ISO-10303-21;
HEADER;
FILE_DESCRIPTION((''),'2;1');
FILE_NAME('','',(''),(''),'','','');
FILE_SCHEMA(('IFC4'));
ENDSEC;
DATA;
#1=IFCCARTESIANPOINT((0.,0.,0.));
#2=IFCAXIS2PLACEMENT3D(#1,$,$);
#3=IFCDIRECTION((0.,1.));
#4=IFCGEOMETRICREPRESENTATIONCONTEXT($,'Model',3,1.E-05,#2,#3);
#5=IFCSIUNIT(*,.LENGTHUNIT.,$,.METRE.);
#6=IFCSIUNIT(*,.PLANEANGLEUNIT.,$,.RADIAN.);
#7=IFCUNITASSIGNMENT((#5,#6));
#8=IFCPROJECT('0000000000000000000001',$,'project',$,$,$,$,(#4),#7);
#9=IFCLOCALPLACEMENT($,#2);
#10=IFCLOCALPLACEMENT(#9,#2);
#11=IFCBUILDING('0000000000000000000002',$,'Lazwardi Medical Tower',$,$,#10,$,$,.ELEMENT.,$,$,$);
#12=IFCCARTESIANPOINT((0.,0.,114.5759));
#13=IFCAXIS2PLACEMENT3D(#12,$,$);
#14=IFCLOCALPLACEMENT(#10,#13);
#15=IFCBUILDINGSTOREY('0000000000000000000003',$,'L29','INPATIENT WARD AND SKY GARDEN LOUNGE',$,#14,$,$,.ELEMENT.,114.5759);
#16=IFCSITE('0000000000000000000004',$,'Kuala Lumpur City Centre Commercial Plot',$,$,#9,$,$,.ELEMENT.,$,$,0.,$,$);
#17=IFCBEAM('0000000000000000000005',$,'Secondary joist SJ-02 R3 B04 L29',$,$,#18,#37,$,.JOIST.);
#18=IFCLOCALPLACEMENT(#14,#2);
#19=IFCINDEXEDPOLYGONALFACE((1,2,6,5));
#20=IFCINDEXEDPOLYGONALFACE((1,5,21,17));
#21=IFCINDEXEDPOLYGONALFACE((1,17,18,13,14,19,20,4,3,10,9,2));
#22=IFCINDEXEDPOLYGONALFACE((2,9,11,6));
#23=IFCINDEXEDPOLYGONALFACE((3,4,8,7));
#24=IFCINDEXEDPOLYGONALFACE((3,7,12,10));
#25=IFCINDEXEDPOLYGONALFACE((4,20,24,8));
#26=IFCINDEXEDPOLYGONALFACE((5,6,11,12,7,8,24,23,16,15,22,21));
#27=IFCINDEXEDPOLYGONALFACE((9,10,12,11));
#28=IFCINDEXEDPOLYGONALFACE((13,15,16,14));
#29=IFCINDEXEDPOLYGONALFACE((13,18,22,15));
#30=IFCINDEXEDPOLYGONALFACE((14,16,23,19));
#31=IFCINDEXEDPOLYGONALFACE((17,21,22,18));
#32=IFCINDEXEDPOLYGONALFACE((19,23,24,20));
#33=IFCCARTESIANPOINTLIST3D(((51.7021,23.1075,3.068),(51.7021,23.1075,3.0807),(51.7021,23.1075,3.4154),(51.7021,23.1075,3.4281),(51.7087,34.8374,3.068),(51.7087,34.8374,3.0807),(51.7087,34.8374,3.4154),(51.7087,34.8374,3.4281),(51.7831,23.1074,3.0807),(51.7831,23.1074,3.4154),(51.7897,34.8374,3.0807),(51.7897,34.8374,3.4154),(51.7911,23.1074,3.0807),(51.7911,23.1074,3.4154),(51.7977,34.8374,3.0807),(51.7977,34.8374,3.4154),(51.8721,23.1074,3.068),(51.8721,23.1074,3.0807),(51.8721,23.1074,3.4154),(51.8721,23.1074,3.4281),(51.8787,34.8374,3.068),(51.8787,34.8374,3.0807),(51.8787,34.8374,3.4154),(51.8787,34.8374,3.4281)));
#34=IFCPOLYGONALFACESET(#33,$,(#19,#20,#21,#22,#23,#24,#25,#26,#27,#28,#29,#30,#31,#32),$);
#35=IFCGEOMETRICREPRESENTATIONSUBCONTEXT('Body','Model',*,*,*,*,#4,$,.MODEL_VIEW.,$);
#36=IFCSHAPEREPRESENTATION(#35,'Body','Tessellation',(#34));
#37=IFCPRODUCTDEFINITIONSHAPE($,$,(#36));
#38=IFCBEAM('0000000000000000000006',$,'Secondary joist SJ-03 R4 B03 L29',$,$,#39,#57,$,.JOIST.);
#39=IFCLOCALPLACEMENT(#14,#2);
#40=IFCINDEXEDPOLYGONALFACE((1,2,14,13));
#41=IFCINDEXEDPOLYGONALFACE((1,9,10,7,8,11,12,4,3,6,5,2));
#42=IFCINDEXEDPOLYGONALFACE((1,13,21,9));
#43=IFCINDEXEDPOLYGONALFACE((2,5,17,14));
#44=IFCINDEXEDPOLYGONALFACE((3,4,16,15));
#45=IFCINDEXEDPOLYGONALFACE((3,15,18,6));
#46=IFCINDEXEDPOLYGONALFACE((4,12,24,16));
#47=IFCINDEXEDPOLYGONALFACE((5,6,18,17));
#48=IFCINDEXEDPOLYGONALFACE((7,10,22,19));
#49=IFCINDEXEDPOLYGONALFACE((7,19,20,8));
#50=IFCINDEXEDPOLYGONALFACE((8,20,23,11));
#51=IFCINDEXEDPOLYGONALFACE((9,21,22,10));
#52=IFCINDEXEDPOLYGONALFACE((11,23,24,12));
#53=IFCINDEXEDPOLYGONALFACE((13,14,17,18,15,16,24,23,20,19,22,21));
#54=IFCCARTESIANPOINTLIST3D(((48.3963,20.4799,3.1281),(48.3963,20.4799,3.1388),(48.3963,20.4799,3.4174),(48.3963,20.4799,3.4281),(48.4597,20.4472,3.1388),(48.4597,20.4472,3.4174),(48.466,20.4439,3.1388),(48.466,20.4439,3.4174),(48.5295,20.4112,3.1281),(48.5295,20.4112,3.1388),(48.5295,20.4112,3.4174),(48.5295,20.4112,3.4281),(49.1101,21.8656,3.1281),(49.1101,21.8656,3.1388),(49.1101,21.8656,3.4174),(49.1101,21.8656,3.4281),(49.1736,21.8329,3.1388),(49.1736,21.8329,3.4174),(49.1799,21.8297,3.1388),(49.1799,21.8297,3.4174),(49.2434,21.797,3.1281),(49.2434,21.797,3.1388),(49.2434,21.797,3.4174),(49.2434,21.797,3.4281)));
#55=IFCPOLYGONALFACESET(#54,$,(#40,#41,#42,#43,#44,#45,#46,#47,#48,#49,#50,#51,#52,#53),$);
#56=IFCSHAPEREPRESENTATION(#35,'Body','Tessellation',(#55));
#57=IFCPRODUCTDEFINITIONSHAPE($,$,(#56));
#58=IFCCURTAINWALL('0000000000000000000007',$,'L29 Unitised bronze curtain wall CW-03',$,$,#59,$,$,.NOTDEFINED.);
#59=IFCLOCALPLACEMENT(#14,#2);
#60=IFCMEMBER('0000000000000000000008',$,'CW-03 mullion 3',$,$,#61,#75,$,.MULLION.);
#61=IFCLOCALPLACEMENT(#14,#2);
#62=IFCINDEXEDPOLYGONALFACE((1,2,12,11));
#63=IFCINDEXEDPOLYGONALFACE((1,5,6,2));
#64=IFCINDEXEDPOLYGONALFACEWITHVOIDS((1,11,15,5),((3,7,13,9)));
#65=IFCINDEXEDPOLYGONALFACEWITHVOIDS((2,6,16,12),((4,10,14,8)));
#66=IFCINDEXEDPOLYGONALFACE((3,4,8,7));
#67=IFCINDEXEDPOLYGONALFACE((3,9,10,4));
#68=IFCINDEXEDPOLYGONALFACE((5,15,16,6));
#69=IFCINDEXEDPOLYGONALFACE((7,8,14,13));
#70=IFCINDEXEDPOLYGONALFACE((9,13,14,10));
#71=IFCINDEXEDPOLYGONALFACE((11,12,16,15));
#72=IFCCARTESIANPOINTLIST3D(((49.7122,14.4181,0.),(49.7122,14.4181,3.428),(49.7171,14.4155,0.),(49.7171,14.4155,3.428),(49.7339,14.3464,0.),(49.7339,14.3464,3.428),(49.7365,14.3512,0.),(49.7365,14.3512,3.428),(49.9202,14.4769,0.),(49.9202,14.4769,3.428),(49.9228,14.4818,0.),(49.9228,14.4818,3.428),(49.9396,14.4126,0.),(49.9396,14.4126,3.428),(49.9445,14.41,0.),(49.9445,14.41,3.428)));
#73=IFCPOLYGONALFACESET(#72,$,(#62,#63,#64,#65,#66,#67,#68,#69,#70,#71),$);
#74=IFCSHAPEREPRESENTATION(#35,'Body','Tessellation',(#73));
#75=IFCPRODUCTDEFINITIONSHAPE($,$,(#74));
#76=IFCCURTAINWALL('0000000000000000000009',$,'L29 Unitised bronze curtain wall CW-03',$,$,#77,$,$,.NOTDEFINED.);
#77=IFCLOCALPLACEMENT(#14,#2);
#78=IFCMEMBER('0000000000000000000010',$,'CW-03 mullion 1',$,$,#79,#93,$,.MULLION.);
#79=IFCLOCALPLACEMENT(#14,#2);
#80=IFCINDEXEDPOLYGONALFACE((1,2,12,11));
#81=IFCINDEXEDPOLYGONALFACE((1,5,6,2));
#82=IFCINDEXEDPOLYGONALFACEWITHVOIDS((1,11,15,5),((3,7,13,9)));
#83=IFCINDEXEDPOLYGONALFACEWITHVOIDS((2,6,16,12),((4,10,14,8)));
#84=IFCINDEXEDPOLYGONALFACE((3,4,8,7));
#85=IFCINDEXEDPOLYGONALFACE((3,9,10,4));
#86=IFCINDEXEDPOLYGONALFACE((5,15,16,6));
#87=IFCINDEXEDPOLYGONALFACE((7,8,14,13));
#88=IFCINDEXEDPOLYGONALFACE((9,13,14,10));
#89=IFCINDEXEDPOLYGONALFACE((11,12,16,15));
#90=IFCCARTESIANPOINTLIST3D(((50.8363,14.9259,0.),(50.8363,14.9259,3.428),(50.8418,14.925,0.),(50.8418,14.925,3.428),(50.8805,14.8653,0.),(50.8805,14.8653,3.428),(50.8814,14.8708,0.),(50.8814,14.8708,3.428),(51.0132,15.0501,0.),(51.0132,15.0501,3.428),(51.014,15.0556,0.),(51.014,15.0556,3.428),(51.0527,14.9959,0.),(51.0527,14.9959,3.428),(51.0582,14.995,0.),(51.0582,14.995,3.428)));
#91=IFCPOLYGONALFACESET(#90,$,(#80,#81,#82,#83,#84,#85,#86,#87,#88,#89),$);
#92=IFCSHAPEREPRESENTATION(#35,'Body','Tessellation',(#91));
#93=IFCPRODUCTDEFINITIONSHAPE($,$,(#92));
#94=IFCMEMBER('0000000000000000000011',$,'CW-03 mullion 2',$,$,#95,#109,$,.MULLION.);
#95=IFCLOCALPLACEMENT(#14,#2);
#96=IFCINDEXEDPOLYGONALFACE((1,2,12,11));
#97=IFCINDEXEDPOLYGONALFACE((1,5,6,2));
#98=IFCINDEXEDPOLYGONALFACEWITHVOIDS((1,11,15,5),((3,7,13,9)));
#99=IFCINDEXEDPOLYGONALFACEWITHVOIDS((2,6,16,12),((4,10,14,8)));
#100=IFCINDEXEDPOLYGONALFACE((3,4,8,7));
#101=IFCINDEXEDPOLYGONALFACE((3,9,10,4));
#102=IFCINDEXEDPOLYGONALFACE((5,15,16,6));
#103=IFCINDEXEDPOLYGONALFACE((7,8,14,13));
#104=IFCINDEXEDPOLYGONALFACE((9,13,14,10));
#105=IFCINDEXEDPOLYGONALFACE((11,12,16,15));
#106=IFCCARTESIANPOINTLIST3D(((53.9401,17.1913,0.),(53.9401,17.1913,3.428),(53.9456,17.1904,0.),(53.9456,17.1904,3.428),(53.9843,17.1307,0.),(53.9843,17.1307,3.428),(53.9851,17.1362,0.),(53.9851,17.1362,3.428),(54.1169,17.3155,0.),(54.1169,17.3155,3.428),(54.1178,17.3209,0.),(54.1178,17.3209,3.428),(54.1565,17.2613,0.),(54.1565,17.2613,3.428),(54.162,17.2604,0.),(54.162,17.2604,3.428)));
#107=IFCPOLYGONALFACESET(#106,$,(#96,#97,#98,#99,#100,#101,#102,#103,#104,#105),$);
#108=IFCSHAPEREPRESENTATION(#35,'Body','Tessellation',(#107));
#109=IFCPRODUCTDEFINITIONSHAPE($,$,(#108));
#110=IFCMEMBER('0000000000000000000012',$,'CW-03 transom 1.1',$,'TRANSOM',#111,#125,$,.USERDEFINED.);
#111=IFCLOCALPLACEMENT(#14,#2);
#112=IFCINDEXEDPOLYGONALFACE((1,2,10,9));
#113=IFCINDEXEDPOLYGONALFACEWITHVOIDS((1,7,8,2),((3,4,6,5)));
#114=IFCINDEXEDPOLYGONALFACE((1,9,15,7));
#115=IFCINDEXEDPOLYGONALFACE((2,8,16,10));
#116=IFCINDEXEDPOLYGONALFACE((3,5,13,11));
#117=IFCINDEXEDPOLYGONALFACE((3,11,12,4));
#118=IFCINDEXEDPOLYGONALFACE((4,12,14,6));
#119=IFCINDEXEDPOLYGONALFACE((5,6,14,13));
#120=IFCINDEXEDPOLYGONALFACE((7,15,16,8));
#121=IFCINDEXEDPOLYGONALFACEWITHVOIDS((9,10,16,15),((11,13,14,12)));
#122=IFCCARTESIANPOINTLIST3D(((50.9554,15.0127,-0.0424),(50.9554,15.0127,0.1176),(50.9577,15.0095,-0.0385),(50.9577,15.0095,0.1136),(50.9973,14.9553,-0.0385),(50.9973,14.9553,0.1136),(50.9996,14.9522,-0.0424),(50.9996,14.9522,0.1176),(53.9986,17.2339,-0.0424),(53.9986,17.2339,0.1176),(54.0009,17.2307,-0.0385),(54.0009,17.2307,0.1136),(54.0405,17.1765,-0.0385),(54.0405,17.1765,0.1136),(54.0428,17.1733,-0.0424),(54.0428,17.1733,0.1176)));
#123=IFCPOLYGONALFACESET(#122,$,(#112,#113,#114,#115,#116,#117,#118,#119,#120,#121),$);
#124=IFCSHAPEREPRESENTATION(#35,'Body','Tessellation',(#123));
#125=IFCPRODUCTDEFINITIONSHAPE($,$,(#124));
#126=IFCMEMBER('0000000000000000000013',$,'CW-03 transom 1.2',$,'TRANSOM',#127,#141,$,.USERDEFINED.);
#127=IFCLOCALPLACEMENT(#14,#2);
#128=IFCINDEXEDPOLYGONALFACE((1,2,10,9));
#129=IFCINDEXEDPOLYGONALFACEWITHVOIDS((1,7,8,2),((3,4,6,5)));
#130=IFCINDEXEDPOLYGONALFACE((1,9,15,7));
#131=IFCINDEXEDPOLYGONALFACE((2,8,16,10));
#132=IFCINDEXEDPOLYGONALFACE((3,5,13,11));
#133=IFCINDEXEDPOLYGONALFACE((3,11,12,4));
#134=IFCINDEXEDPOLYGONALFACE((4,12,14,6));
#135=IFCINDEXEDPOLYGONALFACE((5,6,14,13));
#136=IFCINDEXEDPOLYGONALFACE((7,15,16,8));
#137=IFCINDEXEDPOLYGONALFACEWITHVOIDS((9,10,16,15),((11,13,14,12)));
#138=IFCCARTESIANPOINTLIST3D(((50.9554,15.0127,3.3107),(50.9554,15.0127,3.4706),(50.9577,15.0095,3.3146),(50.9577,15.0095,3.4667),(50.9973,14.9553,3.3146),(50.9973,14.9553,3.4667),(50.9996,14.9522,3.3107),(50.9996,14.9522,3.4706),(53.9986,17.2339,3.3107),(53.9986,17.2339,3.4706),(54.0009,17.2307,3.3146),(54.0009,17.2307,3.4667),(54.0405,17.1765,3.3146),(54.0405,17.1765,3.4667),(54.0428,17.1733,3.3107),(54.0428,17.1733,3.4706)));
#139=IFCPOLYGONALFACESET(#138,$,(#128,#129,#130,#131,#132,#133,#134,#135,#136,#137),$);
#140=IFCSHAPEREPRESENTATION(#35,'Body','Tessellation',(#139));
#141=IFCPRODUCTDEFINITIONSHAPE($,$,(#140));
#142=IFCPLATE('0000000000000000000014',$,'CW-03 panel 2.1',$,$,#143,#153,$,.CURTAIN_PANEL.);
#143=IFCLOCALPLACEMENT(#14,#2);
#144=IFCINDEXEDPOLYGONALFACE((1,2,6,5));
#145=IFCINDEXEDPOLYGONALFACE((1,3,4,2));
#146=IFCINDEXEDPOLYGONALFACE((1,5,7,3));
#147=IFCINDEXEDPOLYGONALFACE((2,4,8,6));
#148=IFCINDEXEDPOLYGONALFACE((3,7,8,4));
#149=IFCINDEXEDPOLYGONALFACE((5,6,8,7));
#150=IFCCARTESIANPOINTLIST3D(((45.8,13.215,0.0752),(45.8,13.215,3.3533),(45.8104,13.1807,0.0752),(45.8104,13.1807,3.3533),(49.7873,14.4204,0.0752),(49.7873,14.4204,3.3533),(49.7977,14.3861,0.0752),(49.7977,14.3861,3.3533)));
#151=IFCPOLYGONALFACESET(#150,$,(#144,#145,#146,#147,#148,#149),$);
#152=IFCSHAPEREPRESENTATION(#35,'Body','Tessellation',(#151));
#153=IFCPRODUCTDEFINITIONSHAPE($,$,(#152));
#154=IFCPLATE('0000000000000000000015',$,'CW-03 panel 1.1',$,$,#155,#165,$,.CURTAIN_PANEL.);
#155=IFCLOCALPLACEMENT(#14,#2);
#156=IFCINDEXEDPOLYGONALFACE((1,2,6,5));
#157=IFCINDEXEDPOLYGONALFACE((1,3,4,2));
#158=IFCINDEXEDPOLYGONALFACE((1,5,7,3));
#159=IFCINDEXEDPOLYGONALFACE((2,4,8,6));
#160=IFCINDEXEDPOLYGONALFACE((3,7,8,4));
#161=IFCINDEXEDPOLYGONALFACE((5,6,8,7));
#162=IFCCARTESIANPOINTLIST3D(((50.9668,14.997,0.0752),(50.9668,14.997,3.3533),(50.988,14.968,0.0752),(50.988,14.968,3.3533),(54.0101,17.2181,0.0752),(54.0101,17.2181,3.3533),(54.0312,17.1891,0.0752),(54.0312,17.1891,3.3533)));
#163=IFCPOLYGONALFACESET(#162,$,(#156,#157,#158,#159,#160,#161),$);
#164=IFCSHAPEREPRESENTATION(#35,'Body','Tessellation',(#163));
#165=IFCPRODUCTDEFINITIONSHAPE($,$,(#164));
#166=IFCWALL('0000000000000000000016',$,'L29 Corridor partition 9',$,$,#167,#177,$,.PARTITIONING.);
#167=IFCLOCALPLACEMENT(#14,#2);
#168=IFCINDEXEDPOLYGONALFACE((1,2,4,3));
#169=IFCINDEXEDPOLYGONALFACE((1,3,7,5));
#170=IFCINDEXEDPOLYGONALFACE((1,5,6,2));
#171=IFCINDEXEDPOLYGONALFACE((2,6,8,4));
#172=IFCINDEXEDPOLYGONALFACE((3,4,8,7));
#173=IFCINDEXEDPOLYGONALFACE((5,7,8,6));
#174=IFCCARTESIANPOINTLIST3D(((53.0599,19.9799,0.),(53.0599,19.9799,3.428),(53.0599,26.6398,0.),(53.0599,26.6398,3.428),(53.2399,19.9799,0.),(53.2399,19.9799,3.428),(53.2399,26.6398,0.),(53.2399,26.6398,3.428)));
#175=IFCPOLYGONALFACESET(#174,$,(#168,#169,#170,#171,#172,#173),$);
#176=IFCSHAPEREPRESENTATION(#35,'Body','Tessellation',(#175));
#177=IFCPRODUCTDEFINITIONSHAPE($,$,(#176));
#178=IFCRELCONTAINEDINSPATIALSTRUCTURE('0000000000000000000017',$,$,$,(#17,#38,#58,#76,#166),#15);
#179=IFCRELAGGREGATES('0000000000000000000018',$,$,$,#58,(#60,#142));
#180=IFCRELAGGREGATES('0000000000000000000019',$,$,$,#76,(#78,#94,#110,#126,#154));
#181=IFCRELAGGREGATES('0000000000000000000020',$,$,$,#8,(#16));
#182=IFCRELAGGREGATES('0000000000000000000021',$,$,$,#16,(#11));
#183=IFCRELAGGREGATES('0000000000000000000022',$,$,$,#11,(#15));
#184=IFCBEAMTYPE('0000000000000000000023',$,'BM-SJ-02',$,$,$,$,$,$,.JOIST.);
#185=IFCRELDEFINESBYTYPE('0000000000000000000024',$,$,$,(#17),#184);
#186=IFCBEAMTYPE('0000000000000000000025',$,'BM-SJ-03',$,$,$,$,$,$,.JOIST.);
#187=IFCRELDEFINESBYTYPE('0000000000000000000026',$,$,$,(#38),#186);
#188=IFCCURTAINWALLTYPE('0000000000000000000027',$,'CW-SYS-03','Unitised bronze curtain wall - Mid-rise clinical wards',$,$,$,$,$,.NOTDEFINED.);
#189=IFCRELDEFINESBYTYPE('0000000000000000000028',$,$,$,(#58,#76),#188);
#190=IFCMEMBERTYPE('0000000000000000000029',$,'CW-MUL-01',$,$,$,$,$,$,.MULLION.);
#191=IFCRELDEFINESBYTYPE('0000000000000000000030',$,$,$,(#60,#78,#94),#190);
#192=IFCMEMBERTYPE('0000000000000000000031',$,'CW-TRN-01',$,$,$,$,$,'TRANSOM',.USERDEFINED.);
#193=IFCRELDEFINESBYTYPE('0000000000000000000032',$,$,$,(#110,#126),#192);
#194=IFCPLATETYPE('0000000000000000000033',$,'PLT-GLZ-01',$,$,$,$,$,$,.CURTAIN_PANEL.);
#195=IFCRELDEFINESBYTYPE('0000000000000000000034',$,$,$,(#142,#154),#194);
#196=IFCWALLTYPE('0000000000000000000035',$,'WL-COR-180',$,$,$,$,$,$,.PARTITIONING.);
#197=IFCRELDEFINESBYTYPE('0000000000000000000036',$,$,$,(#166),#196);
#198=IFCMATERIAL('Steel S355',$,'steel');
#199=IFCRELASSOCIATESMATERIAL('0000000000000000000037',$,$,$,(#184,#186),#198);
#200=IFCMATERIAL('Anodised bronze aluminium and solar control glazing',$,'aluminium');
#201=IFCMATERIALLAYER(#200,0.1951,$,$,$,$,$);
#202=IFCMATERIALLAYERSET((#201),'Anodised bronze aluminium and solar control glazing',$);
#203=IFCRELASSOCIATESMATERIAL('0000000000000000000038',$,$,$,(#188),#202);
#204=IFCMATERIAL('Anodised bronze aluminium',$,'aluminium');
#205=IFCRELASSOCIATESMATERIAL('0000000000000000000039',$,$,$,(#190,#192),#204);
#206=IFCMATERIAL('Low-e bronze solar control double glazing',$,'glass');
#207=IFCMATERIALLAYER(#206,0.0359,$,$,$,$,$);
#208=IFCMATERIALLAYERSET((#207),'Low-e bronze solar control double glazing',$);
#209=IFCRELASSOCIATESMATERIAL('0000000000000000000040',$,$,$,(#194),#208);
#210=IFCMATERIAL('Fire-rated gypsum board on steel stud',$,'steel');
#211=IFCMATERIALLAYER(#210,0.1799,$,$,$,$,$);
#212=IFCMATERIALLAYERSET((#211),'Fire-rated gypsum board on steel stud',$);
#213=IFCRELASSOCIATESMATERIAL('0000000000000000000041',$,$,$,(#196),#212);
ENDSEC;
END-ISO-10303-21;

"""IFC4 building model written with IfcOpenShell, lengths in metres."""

from ifc_helpers import new_model, si_unit, direction, frame, frame_2d, origin, origin_2d, place, context, subcontext, project, spatial, rectangle, hollow_rectangle, i_section, extrude, material, layer, layer_set, material_profile, profile_set, type_object, element, aggregate, save


model = new_model("IFC4")

# Units and contexts
model_context = context("Model", 3, precision=1e-05, world=origin(), true_north=direction((0.0, 1.0)))
body_context = subcontext(model_context, "Body", "Model", "MODEL_VIEW")
ifc_project = project(units=[si_unit("LENGTHUNIT", "METRE"), si_unit("PLANEANGLEUNIT", "RADIAN")], contexts=[model_context])

# Site, building, storey
site_placement = place(None, origin())
site = spatial("IfcSite", under=ifc_project, at=site_placement, Name="Kuala Lumpur City Centre Commercial Plot", CompositionType="ELEMENT", RefElevation=0.0)
building_placement = place(site_placement, origin())
building = spatial("IfcBuilding", under=site, at=building_placement, Name="Lazwardi Medical Tower", CompositionType="ELEMENT")
storey_placement = place(building_placement, frame((0.0, 0.0, 114.5759)))
storey = spatial("IfcBuildingStorey", under=building, at=storey_placement, Name="L29", Description="INPATIENT WARD AND SKY GARDEN LOUNGE", CompositionType="ELEMENT", Elevation=114.5759)

# Beams
ifc_material_1 = material(Name="Steel S355", Category="steel")
ifc_material_profile_1 = material_profile(ifc_material_1, i_section(OverallWidth=0.1699, OverallDepth=0.3601, WebThickness=0.0081, FlangeThickness=0.0127, at=origin_2d()), Name="IPE 360")
ifc_profile_set_1 = profile_set([ifc_material_profile_1], Name="Steel S355")
beam_type_1 = type_object("IfcBeamType", Name="BM-SJ-02", PredefinedType="JOIST", material=ifc_profile_set_1)
beam_1_placement = place(storey_placement, frame((51.7871, 23.1074, 3.248), z_axis=(0.000562, 1.0, 0.0), x_axis=(-1.0, 0.000562, 0.0)))
element("IfcBeam", 1, at=beam_1_placement, inside=storey, type_object=beam_type_1, Name="Secondary joist SJ-02 R3 B04 L29", PredefinedType="JOIST", context=body_context, shape_type="SweptSolid", body=[
    extrude(i_section(OverallWidth=0.1699, OverallDepth=0.3601, WebThickness=0.0081, FlangeThickness=0.0127, at=origin_2d()), origin(), (0.0, 0.0, 1.0), 11.73),
])
ifc_material_profile_2 = material_profile(ifc_material_1, i_section(OverallWidth=0.1499, OverallDepth=0.3, WebThickness=0.0071, FlangeThickness=0.0107, at=origin_2d()), Name="IPE 300")
ifc_profile_set_2 = profile_set([ifc_material_profile_2], Name="Steel S355")
beam_type_2 = type_object("IfcBeamType", Name="BM-SJ-03", PredefinedType="JOIST", material=ifc_profile_set_2)
beam_2_placement = place(storey_placement, frame((48.4629, 20.4456, 3.2781), z_axis=(0.457957, 0.888975, 0.0), x_axis=(-0.888975, 0.457957, 0.0)))
element("IfcBeam", 2, at=beam_2_placement, inside=storey, type_object=beam_type_2, Name="Secondary joist SJ-03 R4 B03 L29", PredefinedType="JOIST", context=body_context, shape_type="SweptSolid", body=[
    extrude(i_section(OverallWidth=0.1499, OverallDepth=0.3, WebThickness=0.0071, FlangeThickness=0.0107, at=origin_2d()), origin(), (0.0, 0.0, 1.0), 1.5588),
])

# Curtain wall, member
ifc_material_2 = material(Name="Anodised bronze aluminium and solar control glazing", Category="aluminium")
ifc_layer_1 = layer(ifc_material_2, 0.1951)
ifc_layer_set_1 = layer_set([ifc_layer_1], Name="Anodised bronze aluminium and solar control glazing")
curtain_wall_type = type_object("IfcCurtainWallType", Name="CW-SYS-03", Description="Unitised bronze curtain wall - Mid-rise clinical wards", PredefinedType="NOTDEFINED", material=ifc_layer_set_1)
curtain_wall_1_placement = place(storey_placement, origin())
curtain_wall_1 = element("IfcCurtainWall", 3, at=curtain_wall_1_placement, inside=storey, type_object=curtain_wall_type, Name="L29 Unitised bronze curtain wall CW-03", PredefinedType="NOTDEFINED")
ifc_material_3 = material(Name="Anodised bronze aluminium", Category="aluminium")
ifc_material_profile_3 = material_profile(ifc_material_3, hollow_rectangle(XDim=0.075, YDim=0.22, WallThickness=0.0039, at=origin_2d()), Name="ALU-MULLION 220x75x4")
ifc_profile_set_3 = profile_set([ifc_material_profile_3], Name="Anodised bronze aluminium")
member_type_1 = type_object("IfcMemberType", Name="CW-MUL-01", PredefinedType="MULLION", material=ifc_profile_set_3)
member_1_placement = place(storey_placement, frame((49.8284, 14.4141, 0.0), z_axis=(0.0, 0.0, 1.0), x_axis=(-0.289374, 0.957216, 0.0)))
member_1 = element("IfcMember", 4, at=member_1_placement, type_object=member_type_1, Name="CW-03 mullion 3", PredefinedType="MULLION", context=body_context, shape_type="SweptSolid", body=[
    extrude(hollow_rectangle(XDim=0.075, YDim=0.22, WallThickness=0.0039, at=origin_2d()), origin(), (0.0, 0.0, 1.0), 3.428),
])

# Curtain wall, members
curtain_wall_2_placement = place(storey_placement, origin())
curtain_wall_2 = element("IfcCurtainWall", 5, at=curtain_wall_2_placement, inside=storey, type_object=curtain_wall_type, Name="L29 Unitised bronze curtain wall CW-03", PredefinedType="NOTDEFINED")
member_2_placement = place(storey_placement, frame((50.9473, 14.9604, 0.0), z_axis=(0.0, 0.0, 1.0), x_axis=(-0.589531, 0.807746, 0.0)))
member_2 = element("IfcMember", 6, at=member_2_placement, type_object=member_type_1, Name="CW-03 mullion 1", PredefinedType="MULLION", context=body_context, shape_type="SweptSolid", body=[
    extrude(hollow_rectangle(XDim=0.075, YDim=0.22, WallThickness=0.0039, at=origin_2d()), origin(), (0.0, 0.0, 1.0), 3.428),
])
member_3_placement = place(storey_placement, frame((54.051, 17.2258, 0.0), z_axis=(0.0, 0.0, 1.0), x_axis=(-0.589531, 0.807746, 0.0)))
member_3 = element("IfcMember", 7, at=member_3_placement, type_object=member_type_1, Name="CW-03 mullion 2", PredefinedType="MULLION", context=body_context, shape_type="SweptSolid", body=[
    extrude(hollow_rectangle(XDim=0.075, YDim=0.22, WallThickness=0.0039, at=origin_2d()), origin(), (0.0, 0.0, 1.0), 3.428),
])
ifc_material_profile_4 = material_profile(ifc_material_3, hollow_rectangle(XDim=0.075, YDim=0.1599, WallThickness=0.0039, at=origin_2d()), Name="ALU-TRANSOM 160x75x4")
ifc_profile_set_4 = profile_set([ifc_material_profile_4], Name="Anodised bronze aluminium")
member_type_2 = type_object("IfcMemberType", Name="CW-TRN-01", ElementType="TRANSOM", PredefinedType="USERDEFINED", material=ifc_profile_set_4)
member_4_placement = place(storey_placement, frame((50.9775, 14.9824, 0.0376), z_axis=(0.807732, 0.58955, 0.0), x_axis=(-0.58955, 0.807732, 0.0)))
member_4 = element("IfcMember", 8, at=member_4_placement, type_object=member_type_2, Name="CW-03 transom 1.1", ObjectType="TRANSOM", PredefinedType="USERDEFINED", context=body_context, shape_type="SweptSolid", body=[
    extrude(hollow_rectangle(XDim=0.075, YDim=0.1599, WallThickness=0.0039, at=origin_2d()), origin(), (0.0, 0.0, 1.0), 3.7676),
])
member_5_placement = place(storey_placement, frame((50.9775, 14.9824, 3.3906), z_axis=(0.807732, 0.58955, 0.0), x_axis=(-0.58955, 0.807732, 0.0)))
member_5 = element("IfcMember", 9, at=member_5_placement, type_object=member_type_2, Name="CW-03 transom 1.2", ObjectType="TRANSOM", PredefinedType="USERDEFINED", context=body_context, shape_type="SweptSolid", body=[
    extrude(hollow_rectangle(XDim=0.075, YDim=0.1599, WallThickness=0.0039, at=origin_2d()), origin(), (0.0, 0.0, 1.0), 3.7676),
])

# Plates
ifc_material_4 = material(Name="Low-e bronze solar control double glazing", Category="glass")
ifc_layer_2 = layer(ifc_material_4, 0.0359)
ifc_layer_set_2 = layer_set([ifc_layer_2], Name="Low-e bronze solar control double glazing")
plate_type = type_object("IfcPlateType", Name="PLT-GLZ-01", PredefinedType="CURTAIN_PANEL", material=ifc_layer_set_2)
plate_1_placement = place(storey_placement, frame((47.7988, 13.8005, 0.0752), z_axis=(0.0, 0.0, 1.0), x_axis=(0.957216, 0.289374, 0.0)))
plate_1 = element("IfcPlate", 10, at=plate_1_placement, type_object=plate_type, Name="CW-03 panel 2.1", PredefinedType="CURTAIN_PANEL", context=body_context, shape_type="SweptSolid", body=[
    extrude(rectangle(XDim=4.1655, YDim=0.0359, at=origin_2d()), origin(), (0.0, 0.0, 1.0), 3.2781),
])
aggregate(curtain_wall_1, [member_1, plate_1])
plate_2_placement = place(storey_placement, frame((52.499, 16.093, 0.0752), z_axis=(0.0, 0.0, 1.0), x_axis=(0.807746, 0.589531, 0.0)))
plate_2 = element("IfcPlate", 11, at=plate_2_placement, type_object=plate_type, Name="CW-03 panel 1.1", PredefinedType="CURTAIN_PANEL", context=body_context, shape_type="SweptSolid", body=[
    extrude(rectangle(XDim=3.7676, YDim=0.0359, at=origin_2d()), origin(), (0.0, 0.0, 1.0), 3.2781),
])
aggregate(curtain_wall_2, [member_2, member_3, member_4, member_5, plate_2])

# Wall
ifc_material_5 = material(Name="Fire-rated gypsum board on steel stud", Category="steel")
ifc_layer_3 = layer(ifc_material_5, 0.1799)
ifc_layer_set_3 = layer_set([ifc_layer_3], Name="Fire-rated gypsum board on steel stud")
wall_type_1 = type_object("IfcWallType", Name="WL-COR-180", PredefinedType="PARTITIONING", material=ifc_layer_set_3)
wall_1_placement = place(storey_placement, frame((53.1499, 26.6399, 0.0), z_axis=(0.0, 0.0, 1.0), x_axis=(0.0, -1.0, 0.0)))
element("IfcWall", 12, at=wall_1_placement, inside=storey, type_object=wall_type_1, Name="L29 Corridor partition 9", PredefinedType="PARTITIONING", context=body_context, shape_type="SweptSolid", body=[
    extrude(rectangle(XDim=6.6599, YDim=0.1799, at=frame_2d((3.3301, 0.0))), origin(), (0.0, 0.0, 1.0), 3.428),
])

save(model, "model.ifc")
